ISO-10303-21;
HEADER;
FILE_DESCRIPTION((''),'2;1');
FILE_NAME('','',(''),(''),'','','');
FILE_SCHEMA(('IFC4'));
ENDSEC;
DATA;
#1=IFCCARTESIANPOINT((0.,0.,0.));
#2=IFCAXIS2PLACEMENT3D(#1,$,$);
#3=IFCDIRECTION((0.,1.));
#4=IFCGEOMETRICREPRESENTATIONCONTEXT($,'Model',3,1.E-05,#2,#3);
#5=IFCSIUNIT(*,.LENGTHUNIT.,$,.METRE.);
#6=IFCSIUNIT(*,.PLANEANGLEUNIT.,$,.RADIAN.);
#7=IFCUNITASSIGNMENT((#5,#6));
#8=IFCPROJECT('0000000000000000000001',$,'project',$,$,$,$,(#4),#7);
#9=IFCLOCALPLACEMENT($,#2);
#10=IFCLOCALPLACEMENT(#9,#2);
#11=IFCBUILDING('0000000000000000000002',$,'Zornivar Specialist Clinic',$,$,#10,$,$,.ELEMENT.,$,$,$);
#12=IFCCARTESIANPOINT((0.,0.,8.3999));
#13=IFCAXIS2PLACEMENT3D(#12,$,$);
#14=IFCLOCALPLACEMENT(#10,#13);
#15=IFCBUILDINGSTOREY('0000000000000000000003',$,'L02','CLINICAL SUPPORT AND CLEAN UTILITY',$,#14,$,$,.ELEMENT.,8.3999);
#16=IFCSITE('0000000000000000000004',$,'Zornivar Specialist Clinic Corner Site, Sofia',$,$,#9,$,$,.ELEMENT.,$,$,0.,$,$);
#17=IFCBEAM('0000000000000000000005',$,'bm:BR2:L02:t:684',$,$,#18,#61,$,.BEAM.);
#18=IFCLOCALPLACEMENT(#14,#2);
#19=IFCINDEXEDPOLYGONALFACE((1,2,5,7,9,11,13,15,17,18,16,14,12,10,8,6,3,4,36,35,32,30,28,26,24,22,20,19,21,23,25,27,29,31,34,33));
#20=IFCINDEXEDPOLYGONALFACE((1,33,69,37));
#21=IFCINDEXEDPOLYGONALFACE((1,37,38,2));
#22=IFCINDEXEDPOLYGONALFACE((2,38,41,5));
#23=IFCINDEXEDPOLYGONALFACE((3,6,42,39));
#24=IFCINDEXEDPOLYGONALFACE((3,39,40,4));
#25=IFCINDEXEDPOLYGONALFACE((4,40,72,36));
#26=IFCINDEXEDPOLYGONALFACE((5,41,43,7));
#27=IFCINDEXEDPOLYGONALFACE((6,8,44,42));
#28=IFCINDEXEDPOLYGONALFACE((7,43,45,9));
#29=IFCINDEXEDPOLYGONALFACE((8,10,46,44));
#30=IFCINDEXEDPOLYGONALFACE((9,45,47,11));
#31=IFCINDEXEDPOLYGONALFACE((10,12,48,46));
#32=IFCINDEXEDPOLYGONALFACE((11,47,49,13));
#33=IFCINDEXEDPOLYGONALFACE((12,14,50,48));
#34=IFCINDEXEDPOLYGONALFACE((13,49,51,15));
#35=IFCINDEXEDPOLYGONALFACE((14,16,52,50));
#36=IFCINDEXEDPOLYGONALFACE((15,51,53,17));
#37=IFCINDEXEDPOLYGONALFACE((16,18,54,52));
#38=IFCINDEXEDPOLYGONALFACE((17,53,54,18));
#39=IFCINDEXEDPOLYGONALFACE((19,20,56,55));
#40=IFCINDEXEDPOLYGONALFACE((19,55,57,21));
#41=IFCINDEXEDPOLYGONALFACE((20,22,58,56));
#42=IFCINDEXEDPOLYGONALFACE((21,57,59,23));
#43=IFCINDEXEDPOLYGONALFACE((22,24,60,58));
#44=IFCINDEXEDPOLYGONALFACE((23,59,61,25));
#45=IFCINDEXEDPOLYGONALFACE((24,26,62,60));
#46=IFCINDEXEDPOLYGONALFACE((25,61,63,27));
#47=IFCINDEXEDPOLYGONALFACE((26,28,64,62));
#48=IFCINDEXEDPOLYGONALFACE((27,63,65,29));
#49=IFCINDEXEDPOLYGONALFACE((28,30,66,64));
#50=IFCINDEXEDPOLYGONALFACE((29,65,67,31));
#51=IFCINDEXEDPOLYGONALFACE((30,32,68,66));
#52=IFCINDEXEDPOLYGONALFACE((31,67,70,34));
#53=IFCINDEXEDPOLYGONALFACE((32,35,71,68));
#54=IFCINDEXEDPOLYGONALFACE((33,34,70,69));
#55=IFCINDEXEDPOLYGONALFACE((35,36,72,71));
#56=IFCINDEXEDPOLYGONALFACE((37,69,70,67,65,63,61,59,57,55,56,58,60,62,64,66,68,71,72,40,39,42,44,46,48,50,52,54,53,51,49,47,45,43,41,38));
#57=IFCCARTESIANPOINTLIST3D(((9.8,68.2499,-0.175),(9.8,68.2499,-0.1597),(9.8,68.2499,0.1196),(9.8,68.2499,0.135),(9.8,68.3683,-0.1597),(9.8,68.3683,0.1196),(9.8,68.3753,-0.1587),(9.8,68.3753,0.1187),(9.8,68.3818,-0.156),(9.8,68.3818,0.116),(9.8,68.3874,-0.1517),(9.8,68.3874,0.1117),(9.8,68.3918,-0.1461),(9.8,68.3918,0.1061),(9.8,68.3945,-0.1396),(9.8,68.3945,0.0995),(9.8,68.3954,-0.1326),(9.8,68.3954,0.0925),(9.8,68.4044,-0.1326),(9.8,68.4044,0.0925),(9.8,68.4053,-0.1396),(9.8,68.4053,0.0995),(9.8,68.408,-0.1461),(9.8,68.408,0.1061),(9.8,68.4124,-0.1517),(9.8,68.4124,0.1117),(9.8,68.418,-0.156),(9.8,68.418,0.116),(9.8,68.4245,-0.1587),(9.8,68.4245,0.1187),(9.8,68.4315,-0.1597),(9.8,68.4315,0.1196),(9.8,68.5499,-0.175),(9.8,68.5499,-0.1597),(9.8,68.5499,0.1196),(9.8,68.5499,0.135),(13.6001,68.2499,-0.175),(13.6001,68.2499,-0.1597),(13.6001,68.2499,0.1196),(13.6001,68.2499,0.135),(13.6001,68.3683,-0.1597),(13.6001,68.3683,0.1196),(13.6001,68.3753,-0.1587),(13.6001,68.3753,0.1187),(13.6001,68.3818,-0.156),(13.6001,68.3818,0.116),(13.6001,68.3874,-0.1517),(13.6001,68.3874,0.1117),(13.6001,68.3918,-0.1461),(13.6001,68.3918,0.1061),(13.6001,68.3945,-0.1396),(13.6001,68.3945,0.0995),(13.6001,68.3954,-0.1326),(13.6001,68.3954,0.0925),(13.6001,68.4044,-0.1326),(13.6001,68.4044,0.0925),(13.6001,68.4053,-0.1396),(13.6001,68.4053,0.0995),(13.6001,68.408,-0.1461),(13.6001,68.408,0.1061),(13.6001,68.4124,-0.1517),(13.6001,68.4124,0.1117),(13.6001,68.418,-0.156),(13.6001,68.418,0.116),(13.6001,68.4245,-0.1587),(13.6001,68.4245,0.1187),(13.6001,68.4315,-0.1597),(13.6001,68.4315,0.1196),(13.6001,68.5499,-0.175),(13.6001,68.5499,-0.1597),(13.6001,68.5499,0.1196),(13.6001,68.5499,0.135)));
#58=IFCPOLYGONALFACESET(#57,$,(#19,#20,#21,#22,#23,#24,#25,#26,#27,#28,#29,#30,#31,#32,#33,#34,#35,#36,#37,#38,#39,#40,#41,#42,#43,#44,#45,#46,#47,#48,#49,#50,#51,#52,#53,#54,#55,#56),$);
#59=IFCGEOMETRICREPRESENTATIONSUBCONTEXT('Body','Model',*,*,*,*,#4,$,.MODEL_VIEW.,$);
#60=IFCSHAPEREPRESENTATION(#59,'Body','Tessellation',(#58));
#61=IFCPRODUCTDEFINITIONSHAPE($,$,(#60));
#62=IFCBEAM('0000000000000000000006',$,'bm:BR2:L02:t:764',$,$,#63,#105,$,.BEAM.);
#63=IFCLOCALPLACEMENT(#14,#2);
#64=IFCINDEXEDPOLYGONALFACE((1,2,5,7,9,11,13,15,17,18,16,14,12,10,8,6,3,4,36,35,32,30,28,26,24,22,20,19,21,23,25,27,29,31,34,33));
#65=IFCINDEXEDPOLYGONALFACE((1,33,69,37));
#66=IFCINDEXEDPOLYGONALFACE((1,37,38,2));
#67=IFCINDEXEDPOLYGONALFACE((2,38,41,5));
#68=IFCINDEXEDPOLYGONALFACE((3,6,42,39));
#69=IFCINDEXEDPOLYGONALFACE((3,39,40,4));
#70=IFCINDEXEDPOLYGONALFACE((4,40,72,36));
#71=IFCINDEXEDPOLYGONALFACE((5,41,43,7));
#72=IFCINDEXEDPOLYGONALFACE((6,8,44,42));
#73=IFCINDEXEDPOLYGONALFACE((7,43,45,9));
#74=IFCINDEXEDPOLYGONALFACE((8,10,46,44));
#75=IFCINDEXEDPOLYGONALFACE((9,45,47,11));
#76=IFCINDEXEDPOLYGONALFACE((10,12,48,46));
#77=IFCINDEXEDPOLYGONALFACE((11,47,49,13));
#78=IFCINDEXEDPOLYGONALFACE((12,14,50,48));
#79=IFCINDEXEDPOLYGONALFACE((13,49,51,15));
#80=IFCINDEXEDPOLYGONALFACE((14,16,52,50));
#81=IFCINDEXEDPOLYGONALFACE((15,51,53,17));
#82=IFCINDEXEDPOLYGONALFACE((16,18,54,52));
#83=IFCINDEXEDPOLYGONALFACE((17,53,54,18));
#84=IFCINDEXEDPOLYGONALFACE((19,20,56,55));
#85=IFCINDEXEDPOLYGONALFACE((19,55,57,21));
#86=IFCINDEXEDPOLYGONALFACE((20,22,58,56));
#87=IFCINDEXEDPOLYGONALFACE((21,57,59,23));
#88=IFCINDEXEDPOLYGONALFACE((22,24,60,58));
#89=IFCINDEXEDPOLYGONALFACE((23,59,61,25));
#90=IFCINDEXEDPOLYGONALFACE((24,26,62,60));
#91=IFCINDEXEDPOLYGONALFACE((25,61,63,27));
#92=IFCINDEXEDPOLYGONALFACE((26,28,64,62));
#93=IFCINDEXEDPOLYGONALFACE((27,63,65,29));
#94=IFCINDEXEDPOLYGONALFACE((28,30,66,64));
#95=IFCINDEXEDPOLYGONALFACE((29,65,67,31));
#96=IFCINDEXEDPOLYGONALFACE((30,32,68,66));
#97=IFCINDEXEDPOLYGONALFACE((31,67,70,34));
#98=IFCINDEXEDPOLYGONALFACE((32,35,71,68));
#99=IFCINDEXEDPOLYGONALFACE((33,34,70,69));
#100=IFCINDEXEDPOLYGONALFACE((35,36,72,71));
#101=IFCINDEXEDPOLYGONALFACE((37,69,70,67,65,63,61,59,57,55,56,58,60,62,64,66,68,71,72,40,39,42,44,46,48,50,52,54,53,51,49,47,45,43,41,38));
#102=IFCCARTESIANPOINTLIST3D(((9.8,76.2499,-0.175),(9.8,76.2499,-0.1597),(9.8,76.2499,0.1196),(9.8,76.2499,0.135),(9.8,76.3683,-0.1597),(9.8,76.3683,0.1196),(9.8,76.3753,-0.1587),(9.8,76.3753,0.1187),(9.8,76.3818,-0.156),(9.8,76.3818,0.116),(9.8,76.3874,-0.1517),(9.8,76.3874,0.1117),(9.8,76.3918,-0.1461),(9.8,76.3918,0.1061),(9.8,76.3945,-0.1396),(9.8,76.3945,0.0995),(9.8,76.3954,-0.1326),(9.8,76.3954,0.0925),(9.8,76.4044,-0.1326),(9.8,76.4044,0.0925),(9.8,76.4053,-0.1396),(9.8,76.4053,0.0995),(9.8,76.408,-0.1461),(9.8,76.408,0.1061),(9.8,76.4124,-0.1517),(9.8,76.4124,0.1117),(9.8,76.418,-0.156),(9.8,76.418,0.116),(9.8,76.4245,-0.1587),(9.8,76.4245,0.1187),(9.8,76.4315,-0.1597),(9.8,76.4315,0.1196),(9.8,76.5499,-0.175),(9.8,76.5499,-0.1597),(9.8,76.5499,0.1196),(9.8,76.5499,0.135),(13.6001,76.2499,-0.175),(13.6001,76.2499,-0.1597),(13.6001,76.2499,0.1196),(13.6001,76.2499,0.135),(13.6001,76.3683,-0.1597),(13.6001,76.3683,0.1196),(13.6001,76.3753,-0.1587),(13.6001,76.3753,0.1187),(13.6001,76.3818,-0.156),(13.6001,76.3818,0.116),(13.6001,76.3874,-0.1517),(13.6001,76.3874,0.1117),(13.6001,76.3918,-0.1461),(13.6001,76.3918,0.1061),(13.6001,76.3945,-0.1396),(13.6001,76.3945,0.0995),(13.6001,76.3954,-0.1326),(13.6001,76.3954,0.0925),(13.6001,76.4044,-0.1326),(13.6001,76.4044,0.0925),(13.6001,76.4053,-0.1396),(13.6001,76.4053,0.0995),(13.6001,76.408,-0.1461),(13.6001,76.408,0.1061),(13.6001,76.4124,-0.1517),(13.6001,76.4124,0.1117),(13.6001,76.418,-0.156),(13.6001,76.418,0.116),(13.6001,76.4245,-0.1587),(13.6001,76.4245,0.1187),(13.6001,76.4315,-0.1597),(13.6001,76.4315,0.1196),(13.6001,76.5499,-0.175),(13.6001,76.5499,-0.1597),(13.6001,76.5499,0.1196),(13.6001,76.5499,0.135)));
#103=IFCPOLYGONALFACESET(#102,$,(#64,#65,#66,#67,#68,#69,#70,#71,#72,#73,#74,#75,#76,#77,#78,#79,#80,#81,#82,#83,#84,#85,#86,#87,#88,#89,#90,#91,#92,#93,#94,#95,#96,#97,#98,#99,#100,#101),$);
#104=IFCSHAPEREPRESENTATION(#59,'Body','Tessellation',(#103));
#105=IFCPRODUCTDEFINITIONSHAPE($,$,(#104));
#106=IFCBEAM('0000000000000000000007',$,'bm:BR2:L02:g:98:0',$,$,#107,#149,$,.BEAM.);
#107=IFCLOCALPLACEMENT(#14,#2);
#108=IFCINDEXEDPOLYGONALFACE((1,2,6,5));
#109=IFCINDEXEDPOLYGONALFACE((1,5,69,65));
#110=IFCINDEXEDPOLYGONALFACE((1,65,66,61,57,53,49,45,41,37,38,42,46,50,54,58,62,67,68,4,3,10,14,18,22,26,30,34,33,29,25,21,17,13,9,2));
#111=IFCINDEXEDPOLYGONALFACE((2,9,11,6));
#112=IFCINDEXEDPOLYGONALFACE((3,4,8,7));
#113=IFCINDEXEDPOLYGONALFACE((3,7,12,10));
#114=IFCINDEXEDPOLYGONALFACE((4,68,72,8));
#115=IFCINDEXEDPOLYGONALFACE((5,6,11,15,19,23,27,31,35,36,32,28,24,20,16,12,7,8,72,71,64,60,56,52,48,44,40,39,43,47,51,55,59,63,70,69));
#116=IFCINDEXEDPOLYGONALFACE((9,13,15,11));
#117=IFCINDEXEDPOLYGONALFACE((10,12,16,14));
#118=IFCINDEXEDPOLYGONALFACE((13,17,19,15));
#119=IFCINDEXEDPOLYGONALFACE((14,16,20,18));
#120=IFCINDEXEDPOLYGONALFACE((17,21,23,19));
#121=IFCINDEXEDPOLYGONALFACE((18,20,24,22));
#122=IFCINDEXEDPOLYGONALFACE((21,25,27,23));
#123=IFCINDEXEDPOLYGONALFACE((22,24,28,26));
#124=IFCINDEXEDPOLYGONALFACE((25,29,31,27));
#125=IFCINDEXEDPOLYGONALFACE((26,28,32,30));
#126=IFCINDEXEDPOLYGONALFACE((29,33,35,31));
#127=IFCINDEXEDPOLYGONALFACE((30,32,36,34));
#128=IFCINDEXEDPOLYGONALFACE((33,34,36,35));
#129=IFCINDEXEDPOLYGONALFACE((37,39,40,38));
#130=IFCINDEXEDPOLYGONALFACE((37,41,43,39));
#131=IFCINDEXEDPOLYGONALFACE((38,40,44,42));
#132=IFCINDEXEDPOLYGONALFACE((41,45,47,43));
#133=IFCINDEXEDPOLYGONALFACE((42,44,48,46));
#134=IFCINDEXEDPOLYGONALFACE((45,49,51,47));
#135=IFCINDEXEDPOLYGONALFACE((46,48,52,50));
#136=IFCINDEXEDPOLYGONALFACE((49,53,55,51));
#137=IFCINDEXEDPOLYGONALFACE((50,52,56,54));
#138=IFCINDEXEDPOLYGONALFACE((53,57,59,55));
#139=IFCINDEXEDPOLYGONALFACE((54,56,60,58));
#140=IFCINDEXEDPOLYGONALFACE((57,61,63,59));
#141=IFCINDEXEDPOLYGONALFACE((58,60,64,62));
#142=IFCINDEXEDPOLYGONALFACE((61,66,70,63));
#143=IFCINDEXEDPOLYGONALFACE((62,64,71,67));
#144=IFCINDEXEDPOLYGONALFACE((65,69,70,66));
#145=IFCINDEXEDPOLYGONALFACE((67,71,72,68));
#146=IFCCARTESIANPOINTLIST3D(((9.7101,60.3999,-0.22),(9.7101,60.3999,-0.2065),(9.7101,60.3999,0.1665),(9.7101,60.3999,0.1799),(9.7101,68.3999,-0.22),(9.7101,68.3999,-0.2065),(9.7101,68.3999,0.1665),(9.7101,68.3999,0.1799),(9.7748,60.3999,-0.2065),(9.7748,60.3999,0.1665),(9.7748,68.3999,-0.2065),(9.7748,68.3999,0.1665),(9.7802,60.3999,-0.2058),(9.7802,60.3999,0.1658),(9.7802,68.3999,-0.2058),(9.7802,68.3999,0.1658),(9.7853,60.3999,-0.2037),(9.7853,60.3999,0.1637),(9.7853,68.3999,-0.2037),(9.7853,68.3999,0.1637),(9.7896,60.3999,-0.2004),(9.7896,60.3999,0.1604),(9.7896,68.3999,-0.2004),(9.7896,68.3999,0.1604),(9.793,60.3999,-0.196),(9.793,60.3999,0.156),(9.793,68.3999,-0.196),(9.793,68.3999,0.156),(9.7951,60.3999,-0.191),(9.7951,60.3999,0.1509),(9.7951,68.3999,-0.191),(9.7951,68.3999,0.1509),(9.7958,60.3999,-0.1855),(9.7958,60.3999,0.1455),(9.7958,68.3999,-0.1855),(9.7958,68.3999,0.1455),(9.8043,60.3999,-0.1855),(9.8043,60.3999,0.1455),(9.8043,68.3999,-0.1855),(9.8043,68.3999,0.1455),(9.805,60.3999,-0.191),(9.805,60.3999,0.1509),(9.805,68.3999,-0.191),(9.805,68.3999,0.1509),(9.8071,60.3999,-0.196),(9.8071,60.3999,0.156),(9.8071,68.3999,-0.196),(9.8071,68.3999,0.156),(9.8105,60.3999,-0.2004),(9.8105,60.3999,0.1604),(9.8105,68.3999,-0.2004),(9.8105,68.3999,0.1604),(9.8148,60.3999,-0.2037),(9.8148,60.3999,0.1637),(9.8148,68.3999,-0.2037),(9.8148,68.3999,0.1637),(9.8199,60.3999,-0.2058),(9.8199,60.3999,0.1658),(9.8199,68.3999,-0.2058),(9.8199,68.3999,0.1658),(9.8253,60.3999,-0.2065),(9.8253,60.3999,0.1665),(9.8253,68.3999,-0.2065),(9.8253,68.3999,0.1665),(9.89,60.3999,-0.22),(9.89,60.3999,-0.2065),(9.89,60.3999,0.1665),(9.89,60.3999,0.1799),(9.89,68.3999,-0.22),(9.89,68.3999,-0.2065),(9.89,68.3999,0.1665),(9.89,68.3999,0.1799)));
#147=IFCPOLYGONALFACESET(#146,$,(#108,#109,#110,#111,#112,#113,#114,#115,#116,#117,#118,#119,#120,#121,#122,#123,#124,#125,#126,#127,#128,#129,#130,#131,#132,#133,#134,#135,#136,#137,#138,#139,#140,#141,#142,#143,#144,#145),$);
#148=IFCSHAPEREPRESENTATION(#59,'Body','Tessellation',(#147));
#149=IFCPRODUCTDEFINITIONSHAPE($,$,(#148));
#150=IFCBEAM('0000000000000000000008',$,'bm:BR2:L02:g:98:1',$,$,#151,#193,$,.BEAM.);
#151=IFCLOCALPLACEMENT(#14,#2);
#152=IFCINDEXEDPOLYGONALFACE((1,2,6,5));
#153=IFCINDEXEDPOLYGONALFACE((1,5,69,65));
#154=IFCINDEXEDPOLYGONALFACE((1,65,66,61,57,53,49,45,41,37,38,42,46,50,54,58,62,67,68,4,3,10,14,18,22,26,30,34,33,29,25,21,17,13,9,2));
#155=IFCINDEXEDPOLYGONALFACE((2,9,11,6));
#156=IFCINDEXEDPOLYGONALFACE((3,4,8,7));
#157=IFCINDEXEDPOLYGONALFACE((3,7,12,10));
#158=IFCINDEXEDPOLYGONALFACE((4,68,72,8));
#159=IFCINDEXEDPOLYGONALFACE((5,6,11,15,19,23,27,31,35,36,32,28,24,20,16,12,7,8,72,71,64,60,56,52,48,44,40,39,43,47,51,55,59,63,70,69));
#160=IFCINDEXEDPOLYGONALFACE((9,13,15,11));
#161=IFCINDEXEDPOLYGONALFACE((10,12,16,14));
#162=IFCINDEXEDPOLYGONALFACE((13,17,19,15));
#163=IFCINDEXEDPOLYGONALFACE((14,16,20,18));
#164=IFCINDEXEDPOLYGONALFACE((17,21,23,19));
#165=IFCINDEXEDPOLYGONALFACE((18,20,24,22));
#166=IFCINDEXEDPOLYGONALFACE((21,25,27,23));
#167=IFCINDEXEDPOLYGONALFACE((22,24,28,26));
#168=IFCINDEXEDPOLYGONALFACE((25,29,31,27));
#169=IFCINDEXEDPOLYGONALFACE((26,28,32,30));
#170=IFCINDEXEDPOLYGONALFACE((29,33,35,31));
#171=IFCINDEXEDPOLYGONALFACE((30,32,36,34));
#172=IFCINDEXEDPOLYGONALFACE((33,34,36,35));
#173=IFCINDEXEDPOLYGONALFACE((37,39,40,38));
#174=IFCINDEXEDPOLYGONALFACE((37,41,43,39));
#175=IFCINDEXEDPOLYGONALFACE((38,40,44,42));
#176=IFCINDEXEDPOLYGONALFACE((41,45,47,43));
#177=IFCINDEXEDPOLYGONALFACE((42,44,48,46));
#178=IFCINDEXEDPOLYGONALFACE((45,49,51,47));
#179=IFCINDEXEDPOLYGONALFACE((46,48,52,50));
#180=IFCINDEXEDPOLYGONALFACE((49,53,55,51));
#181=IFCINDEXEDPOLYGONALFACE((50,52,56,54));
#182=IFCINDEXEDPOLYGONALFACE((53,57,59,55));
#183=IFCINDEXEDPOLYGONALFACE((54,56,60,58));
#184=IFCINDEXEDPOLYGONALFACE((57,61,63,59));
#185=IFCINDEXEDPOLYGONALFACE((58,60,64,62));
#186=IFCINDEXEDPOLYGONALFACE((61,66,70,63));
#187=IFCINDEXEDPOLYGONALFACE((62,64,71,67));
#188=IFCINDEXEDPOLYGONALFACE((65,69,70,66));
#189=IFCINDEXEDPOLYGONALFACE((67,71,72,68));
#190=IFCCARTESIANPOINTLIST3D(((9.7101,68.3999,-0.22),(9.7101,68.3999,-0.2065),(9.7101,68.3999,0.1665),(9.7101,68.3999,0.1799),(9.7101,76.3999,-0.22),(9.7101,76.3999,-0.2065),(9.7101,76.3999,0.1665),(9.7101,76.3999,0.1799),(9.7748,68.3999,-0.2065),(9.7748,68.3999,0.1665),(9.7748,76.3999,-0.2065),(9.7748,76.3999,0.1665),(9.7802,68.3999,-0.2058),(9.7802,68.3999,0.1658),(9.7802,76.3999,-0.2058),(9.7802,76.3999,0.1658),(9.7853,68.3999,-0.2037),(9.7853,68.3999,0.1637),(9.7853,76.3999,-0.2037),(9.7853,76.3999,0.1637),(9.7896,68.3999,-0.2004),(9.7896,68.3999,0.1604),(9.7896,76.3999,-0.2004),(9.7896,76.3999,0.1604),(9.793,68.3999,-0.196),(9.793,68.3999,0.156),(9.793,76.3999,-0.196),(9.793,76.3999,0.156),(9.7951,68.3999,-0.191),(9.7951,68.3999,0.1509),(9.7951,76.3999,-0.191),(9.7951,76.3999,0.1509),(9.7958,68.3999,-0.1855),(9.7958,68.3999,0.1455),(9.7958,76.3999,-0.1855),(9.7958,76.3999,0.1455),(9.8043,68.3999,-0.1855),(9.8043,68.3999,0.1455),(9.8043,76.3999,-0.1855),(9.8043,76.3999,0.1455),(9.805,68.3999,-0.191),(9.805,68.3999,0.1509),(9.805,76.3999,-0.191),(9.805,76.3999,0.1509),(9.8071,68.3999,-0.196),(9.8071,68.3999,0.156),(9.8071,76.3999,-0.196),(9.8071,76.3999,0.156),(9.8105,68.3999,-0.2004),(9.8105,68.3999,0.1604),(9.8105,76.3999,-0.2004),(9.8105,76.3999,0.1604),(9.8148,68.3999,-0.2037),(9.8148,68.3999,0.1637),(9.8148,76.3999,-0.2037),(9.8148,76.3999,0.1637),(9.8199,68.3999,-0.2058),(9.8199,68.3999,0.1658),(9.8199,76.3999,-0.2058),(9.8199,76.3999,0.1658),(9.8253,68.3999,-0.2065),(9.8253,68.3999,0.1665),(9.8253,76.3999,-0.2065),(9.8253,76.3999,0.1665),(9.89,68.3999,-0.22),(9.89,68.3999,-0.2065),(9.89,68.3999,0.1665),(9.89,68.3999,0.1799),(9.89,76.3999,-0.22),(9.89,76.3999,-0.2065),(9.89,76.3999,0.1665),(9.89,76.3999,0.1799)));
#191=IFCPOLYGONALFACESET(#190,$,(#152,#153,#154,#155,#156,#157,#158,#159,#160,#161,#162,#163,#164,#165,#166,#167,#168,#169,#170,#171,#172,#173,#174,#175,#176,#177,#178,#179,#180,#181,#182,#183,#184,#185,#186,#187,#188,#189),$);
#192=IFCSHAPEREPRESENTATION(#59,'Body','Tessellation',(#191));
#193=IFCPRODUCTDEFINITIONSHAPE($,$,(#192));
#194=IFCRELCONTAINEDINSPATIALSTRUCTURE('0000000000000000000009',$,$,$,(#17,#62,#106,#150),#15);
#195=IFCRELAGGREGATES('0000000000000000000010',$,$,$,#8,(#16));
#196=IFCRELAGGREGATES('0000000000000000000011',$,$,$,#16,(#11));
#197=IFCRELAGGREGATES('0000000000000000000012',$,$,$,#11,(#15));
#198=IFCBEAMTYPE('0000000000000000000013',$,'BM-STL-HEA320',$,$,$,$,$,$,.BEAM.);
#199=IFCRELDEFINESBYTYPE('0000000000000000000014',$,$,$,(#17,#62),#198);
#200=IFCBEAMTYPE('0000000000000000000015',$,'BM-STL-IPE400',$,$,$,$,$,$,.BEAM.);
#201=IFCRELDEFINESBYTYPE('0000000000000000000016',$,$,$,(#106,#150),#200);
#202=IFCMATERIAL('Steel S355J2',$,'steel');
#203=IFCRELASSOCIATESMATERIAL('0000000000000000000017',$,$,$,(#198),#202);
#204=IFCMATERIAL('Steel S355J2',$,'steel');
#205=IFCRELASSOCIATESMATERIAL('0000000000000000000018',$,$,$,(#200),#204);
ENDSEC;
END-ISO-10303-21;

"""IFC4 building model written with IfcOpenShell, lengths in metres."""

from ifc_helpers import new_model, si_unit, direction, frame, origin, origin_2d, place, context, subcontext, project, spatial, i_section, extrude, material, material_profile, profile_set, type_object, element, save


model = new_model("IFC4")

# Units and contexts
model_context = context("Model", 3, precision=1e-05, world=origin(), true_north=direction((0.0, 1.0)))
body_context = subcontext(model_context, "Body", "Model", "MODEL_VIEW")
ifc_project = project(units=[si_unit("LENGTHUNIT", "METRE"), si_unit("PLANEANGLEUNIT", "RADIAN")], contexts=[model_context])

# Site, building, storey
site_placement = place(None, origin())
site = spatial("IfcSite", under=ifc_project, at=site_placement, Name="Zornivar Specialist Clinic Corner Site, Sofia", CompositionType="ELEMENT", RefElevation=0.0)
building_placement = place(site_placement, origin())
building = spatial("IfcBuilding", under=site, at=building_placement, Name="Zornivar Specialist Clinic", CompositionType="ELEMENT")
storey_placement = place(building_placement, frame((0.0, 0.0, 8.3999)))
storey = spatial("IfcBuildingStorey", under=building, at=storey_placement, Name="L02", Description="CLINICAL SUPPORT AND CLEAN UTILITY", CompositionType="ELEMENT", Elevation=8.3999)

# Beams
ifc_material_1 = material(Name="Steel S355J2", Category="steel")
ifc_material_profile_1 = material_profile(ifc_material_1, i_section(OverallWidth=0.3, OverallDepth=0.3101, WebThickness=0.009, FlangeThickness=0.0154, FilletRadius=0.0271, at=origin_2d()), Name="HEA 320")
ifc_profile_set_1 = profile_set([ifc_material_profile_1], Name="Steel S355J2")
beam_type_1 = type_object("IfcBeamType", Name="BM-STL-HEA320", PredefinedType="BEAM", material=ifc_profile_set_1)
for number, where, z_axis, x_axis, name in (
    (1, (9.8, 68.3999, -0.02), (1.0, 0.0, 0.0), (0.0, 1.0, 0.0), "bm:BR2:L02:t:684"),
    (2, (9.8, 76.3999, -0.02), (1.0, 0.0, 0.0), (0.0, 1.0, 0.0), "bm:BR2:L02:t:764"),
):
    element("IfcBeam", number, at=place(storey_placement, frame(where, z_axis=z_axis, x_axis=x_axis)), inside=storey, type_object=beam_type_1, Name=name, PredefinedType="BEAM", context=body_context, shape_type="SweptSolid", body=[
        extrude(i_section(OverallWidth=0.3, OverallDepth=0.3101, WebThickness=0.009, FlangeThickness=0.0154, FilletRadius=0.0271, at=origin_2d()), origin(), (0.0, 0.0, 1.0), 3.8),
    ])
ifc_material_2 = material(Name="Steel S355J2", Category="steel")
ifc_material_profile_2 = material_profile(ifc_material_2, i_section(OverallWidth=0.1799, OverallDepth=0.3999, WebThickness=0.0085, FlangeThickness=0.0134, FilletRadius=0.021, at=origin_2d()), Name="IPE 400")
ifc_profile_set_2 = profile_set([ifc_material_profile_2], Name="Steel S355J2")
beam_type_2 = type_object("IfcBeamType", Name="BM-STL-IPE400", PredefinedType="BEAM", material=ifc_profile_set_2)
for number, where, z_axis, x_axis, name in (
    (3, (9.8, 60.3999, -0.02), (0.0, 1.0, 0.0), (-1.0, 0.0, 0.0), "bm:BR2:L02:g:98:0"),
    (4, (9.8, 68.3999, -0.02), (0.0, 1.0, 0.0), (-1.0, 0.0, 0.0), "bm:BR2:L02:g:98:1"),
):
    element("IfcBeam", number, at=place(storey_placement, frame(where, z_axis=z_axis, x_axis=x_axis)), inside=storey, type_object=beam_type_2, Name=name, PredefinedType="BEAM", context=body_context, shape_type="SweptSolid", body=[
        extrude(i_section(OverallWidth=0.1799, OverallDepth=0.3999, WebThickness=0.0085, FlangeThickness=0.0134, FilletRadius=0.021, at=origin_2d()), origin(), (0.0, 0.0, 1.0), 8.0),
    ])

save(model, "model.ifc")
